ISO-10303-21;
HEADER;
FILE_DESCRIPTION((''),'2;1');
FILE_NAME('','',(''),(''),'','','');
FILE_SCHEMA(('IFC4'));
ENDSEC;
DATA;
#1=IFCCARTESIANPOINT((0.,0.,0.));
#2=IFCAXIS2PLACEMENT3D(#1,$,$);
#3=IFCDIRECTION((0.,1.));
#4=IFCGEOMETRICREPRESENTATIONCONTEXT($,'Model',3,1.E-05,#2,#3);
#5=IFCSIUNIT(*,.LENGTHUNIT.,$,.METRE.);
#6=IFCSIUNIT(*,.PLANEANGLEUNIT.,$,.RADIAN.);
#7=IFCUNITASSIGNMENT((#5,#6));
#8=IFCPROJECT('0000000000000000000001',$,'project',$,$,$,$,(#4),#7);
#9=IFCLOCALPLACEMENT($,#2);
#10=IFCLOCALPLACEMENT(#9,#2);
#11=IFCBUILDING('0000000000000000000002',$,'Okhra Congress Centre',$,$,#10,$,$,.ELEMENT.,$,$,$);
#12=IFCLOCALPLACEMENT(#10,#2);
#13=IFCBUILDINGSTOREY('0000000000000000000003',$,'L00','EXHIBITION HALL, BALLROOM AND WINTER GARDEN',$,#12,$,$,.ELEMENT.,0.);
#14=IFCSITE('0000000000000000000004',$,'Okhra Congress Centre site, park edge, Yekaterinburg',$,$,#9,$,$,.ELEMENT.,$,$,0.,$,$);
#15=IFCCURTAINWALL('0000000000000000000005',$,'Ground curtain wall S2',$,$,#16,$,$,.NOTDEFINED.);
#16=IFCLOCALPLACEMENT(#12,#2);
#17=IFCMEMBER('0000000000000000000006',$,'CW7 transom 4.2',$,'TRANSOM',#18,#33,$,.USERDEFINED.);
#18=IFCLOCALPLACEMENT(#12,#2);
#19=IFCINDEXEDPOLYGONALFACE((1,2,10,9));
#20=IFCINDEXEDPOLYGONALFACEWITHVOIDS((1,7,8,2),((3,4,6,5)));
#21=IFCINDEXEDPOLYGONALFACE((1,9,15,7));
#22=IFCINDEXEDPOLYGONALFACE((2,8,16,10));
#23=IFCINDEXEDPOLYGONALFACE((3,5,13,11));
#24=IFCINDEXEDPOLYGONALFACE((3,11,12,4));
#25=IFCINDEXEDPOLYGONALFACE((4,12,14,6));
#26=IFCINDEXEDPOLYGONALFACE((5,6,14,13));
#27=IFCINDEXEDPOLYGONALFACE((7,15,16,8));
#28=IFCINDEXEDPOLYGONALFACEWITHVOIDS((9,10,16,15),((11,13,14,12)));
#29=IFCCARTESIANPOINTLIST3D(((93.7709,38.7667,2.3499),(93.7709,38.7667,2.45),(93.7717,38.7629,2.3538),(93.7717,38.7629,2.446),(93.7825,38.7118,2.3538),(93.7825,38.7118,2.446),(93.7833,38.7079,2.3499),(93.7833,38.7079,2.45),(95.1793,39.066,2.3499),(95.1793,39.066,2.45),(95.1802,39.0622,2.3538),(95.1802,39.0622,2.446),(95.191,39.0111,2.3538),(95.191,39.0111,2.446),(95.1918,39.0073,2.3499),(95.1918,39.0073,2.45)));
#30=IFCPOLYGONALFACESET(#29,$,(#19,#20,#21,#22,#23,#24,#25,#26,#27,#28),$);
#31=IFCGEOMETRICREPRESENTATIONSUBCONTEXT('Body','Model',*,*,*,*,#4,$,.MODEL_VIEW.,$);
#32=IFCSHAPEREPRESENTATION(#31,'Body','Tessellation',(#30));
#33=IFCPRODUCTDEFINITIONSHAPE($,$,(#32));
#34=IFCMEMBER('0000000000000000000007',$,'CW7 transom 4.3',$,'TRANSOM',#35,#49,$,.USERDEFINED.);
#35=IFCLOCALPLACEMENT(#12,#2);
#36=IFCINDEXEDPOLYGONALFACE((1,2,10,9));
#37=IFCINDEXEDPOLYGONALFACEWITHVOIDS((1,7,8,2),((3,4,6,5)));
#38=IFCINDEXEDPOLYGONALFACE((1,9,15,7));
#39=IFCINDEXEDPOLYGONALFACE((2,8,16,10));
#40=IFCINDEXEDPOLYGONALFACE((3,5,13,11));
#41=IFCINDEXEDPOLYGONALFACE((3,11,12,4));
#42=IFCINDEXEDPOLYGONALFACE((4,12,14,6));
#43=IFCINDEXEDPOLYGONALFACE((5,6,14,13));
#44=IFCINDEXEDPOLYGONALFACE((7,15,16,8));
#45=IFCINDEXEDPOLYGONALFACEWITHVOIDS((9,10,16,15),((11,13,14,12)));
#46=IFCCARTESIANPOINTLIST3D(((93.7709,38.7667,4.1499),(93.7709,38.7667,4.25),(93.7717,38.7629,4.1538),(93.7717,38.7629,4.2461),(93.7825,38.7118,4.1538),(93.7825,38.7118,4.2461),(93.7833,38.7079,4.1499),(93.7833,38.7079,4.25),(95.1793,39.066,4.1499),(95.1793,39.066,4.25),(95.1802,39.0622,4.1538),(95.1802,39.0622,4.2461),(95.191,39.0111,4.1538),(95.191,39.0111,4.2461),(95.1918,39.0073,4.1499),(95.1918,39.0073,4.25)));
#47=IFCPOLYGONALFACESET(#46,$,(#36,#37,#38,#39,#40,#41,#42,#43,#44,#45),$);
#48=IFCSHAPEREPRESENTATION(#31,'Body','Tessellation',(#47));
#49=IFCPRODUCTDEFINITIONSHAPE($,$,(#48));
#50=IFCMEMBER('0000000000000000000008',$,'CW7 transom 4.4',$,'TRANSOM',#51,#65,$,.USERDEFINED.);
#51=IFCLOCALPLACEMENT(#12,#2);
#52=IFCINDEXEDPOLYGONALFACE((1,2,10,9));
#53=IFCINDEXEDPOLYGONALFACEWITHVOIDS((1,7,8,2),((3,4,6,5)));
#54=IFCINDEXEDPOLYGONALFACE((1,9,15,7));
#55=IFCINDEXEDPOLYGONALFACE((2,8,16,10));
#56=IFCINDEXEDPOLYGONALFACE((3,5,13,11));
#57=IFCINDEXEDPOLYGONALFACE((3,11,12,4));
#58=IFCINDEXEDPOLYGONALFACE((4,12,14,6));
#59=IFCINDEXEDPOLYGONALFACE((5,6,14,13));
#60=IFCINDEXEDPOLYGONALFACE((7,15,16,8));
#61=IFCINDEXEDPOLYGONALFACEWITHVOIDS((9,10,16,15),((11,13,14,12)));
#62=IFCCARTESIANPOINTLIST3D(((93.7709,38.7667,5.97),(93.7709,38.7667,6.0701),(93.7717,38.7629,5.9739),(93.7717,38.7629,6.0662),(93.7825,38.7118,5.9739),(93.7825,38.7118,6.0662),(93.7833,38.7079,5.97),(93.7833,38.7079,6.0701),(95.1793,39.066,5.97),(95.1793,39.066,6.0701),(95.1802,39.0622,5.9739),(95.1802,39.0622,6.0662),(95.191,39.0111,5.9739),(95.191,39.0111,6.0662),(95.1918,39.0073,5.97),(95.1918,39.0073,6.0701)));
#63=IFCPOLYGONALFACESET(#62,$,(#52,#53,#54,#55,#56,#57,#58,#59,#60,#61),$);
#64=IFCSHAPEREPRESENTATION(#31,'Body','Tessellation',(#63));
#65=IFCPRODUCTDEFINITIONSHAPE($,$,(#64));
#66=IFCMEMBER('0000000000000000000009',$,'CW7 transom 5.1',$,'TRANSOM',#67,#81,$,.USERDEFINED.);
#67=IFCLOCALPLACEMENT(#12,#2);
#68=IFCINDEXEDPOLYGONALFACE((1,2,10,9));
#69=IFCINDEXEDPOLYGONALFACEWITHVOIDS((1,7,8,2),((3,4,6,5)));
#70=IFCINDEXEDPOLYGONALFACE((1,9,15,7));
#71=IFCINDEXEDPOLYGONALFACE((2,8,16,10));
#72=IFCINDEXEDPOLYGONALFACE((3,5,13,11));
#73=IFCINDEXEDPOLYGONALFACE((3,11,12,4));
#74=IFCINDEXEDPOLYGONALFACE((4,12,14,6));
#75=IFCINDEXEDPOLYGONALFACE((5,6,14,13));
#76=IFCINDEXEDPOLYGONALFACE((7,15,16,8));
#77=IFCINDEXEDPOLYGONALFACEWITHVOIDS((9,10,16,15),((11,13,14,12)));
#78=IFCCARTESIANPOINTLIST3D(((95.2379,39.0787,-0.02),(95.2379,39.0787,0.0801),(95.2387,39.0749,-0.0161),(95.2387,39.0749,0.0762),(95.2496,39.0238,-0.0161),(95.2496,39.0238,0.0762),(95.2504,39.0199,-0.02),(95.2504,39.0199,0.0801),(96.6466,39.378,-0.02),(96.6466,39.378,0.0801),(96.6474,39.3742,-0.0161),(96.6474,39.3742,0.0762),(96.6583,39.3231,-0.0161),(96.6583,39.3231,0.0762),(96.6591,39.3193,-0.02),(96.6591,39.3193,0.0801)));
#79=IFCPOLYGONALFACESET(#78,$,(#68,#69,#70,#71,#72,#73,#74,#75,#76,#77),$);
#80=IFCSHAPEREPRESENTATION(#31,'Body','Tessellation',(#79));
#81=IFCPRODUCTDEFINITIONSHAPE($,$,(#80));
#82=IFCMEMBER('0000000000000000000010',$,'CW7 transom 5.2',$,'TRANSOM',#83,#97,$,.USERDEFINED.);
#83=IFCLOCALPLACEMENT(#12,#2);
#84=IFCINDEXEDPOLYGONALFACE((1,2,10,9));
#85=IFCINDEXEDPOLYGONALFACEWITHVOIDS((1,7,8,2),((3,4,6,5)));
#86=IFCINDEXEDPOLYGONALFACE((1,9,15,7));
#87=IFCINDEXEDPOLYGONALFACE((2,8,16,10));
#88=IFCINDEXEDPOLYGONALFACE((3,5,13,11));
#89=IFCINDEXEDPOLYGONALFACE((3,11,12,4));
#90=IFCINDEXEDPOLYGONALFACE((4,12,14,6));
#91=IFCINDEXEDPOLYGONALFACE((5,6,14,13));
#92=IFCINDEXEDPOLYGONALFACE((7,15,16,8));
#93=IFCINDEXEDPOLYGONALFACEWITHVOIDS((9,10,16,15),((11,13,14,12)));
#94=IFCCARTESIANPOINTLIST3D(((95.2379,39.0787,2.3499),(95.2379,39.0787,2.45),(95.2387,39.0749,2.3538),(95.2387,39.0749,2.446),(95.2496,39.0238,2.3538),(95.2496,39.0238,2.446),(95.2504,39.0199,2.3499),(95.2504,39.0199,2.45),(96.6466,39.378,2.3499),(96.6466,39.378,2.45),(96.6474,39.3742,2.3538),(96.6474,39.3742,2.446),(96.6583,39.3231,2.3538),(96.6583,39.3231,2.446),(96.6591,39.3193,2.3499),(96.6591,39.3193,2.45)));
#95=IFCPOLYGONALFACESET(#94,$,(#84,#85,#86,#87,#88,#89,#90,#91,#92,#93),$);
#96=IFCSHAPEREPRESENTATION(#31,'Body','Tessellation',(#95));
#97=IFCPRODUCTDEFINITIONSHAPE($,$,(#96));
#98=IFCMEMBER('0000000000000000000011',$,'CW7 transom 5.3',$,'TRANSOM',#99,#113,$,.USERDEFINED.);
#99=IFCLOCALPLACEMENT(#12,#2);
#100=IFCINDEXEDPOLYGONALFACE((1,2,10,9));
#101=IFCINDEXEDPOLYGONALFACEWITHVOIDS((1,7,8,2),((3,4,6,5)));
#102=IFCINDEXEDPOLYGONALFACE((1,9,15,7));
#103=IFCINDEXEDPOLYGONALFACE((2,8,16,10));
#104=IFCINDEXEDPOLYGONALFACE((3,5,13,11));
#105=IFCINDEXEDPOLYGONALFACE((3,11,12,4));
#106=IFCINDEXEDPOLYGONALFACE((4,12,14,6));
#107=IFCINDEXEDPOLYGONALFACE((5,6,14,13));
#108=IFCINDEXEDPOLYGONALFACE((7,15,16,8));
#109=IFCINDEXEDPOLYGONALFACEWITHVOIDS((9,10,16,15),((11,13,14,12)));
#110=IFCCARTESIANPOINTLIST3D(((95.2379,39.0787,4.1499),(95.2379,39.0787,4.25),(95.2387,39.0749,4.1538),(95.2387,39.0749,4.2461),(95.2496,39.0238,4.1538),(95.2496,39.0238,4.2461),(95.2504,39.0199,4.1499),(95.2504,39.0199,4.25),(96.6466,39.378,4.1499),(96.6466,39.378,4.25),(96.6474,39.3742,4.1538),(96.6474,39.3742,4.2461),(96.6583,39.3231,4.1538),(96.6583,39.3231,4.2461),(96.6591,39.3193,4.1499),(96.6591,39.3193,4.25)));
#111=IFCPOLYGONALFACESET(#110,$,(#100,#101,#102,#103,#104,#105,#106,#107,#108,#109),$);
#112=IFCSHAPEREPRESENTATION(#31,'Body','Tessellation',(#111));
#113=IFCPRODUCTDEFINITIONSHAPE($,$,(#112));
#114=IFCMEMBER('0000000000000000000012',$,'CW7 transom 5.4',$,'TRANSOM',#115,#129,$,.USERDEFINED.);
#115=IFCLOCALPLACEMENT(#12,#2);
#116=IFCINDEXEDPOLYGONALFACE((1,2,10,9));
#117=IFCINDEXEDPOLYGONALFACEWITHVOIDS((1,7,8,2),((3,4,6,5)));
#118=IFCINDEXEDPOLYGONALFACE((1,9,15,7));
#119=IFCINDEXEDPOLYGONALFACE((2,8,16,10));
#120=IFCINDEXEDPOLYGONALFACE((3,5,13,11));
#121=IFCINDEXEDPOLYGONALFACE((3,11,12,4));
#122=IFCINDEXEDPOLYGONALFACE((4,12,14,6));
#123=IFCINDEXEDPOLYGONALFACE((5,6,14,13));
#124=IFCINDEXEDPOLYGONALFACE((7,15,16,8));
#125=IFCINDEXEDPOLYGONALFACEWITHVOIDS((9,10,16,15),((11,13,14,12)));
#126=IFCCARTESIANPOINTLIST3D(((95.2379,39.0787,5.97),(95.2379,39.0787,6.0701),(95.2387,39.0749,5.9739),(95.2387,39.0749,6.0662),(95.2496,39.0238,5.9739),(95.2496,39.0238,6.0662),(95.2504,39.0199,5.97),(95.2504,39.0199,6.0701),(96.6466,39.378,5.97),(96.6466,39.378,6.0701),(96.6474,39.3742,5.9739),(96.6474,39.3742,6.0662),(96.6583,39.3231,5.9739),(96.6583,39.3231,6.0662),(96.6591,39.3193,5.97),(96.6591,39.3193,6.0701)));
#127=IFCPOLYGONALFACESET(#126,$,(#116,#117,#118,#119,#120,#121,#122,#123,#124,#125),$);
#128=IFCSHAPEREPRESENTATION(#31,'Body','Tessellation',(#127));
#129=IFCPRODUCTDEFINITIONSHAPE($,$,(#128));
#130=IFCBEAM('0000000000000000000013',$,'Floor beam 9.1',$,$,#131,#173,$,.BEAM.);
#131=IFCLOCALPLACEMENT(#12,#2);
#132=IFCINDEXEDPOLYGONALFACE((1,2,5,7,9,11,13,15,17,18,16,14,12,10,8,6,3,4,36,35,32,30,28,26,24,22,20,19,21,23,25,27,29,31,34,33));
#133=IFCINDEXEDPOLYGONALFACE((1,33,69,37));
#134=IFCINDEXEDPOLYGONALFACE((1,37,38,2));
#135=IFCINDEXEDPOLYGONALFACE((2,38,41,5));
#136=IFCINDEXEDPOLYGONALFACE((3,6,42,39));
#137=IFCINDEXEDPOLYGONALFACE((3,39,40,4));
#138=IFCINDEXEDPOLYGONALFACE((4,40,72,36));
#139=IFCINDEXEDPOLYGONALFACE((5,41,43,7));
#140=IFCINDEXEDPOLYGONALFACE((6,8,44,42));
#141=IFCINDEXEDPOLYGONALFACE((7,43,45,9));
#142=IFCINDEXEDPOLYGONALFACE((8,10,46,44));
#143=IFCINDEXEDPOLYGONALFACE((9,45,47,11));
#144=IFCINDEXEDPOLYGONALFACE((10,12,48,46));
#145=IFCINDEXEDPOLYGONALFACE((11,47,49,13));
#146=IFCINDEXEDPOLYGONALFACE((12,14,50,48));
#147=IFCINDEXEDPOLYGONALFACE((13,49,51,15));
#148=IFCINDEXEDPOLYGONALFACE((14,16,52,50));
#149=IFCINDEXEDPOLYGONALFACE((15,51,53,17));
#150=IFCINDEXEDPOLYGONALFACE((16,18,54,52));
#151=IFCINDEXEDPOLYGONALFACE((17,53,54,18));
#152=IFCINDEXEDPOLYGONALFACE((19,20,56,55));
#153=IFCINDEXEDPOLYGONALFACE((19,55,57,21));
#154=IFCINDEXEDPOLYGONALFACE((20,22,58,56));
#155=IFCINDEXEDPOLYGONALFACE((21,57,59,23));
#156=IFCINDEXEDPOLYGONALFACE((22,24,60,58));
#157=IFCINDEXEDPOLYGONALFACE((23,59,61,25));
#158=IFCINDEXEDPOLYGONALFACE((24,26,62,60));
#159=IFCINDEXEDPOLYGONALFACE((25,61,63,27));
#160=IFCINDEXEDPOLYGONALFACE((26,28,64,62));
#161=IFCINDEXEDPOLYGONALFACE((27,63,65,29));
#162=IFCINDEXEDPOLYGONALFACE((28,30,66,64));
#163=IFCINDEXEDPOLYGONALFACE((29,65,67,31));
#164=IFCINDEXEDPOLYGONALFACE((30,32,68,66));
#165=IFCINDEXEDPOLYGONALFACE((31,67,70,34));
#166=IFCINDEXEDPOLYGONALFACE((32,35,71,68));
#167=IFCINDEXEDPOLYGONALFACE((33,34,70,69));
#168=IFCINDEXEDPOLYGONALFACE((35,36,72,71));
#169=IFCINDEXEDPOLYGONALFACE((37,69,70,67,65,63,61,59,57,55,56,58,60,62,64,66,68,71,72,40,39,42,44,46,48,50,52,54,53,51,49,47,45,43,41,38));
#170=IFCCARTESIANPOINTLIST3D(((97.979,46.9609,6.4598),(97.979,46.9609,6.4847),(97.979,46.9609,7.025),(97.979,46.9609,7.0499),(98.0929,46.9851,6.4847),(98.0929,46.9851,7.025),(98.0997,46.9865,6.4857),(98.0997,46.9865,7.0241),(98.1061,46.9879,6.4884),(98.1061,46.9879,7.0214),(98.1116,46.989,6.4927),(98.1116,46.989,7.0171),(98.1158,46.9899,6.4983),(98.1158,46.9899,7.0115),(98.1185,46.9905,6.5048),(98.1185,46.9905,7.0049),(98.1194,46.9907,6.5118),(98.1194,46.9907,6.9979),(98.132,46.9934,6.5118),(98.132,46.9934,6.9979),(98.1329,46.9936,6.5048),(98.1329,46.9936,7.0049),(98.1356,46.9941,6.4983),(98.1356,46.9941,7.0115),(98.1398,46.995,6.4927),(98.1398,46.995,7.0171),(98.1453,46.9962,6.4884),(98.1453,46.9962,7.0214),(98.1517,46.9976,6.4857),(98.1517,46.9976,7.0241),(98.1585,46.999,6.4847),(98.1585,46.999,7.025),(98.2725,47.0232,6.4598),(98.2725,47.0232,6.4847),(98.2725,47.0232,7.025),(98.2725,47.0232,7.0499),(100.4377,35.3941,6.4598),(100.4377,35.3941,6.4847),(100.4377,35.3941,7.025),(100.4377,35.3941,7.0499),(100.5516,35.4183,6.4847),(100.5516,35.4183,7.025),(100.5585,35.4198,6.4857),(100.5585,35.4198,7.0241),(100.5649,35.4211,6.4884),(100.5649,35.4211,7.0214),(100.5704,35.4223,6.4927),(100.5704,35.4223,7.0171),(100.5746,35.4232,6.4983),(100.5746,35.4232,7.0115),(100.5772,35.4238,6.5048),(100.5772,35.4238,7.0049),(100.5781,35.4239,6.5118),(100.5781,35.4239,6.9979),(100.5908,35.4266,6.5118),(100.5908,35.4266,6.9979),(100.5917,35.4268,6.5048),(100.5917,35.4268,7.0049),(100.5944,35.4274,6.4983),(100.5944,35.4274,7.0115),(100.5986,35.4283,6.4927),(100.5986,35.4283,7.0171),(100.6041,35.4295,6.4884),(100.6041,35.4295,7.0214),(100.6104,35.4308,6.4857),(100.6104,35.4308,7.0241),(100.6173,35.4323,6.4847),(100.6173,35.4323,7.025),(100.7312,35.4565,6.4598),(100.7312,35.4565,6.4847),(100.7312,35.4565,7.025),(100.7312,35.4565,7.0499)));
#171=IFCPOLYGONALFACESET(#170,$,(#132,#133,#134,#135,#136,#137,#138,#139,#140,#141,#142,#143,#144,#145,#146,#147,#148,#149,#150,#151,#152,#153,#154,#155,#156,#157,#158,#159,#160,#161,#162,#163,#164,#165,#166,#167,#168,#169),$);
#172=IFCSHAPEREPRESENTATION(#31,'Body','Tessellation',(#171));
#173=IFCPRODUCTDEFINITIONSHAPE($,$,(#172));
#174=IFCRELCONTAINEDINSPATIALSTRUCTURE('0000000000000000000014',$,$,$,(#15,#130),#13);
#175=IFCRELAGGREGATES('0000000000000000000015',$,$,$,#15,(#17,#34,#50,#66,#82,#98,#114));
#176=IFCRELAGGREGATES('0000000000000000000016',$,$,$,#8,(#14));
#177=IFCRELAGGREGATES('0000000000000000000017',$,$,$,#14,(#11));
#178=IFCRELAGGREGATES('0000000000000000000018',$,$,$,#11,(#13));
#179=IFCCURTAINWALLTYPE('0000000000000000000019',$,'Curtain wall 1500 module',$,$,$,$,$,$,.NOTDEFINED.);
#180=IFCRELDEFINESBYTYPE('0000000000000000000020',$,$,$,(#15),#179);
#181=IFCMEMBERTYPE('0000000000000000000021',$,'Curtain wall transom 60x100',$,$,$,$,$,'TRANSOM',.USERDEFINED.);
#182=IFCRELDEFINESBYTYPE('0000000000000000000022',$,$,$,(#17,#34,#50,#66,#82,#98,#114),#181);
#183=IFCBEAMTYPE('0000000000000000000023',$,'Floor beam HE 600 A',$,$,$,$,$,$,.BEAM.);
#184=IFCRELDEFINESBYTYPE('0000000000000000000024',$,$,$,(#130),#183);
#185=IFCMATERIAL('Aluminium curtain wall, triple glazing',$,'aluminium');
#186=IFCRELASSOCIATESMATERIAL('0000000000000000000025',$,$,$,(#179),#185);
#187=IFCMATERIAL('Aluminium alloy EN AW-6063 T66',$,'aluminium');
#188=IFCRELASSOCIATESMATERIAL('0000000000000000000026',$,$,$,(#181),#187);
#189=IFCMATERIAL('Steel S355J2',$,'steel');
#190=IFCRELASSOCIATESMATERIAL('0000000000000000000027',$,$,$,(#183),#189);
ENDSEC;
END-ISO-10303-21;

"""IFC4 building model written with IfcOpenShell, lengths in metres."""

from ifc_helpers import new_model, si_unit, direction, frame, origin, origin_2d, place, context, subcontext, project, spatial, hollow_rectangle, i_section, extrude, material, material_profile, profile_set, type_object, element, aggregate, save


model = new_model("IFC4")

# Units and contexts
model_context = context("Model", 3, precision=1e-05, world=origin(), true_north=direction((0.0, 1.0)))
body_context = subcontext(model_context, "Body", "Model", "MODEL_VIEW")
ifc_project = project(units=[si_unit("LENGTHUNIT", "METRE"), si_unit("PLANEANGLEUNIT", "RADIAN")], contexts=[model_context])

# Site, building, storey
site_placement = place(None, origin())
site = spatial("IfcSite", under=ifc_project, at=site_placement, Name="Okhra Congress Centre site, park edge, Yekaterinburg", CompositionType="ELEMENT", RefElevation=0.0)
building_placement = place(site_placement, origin())
building = spatial("IfcBuilding", under=site, at=building_placement, Name="Okhra Congress Centre", CompositionType="ELEMENT")
storey_placement = place(building_placement, origin())
storey = spatial("IfcBuildingStorey", under=building, at=storey_placement, Name="L00", Description="EXHIBITION HALL, BALLROOM AND WINTER GARDEN", CompositionType="ELEMENT", Elevation=0.0)

# Curtain wall, members
ifc_material_1 = material(Name="Aluminium curtain wall, triple glazing", Category="aluminium")
curtain_wall_type = type_object("IfcCurtainWallType", Name="Curtain wall 1500 module", PredefinedType="NOTDEFINED", material=ifc_material_1)
curtain_wall_placement = place(storey_placement, origin())
curtain_wall = element("IfcCurtainWall", 1, at=curtain_wall_placement, inside=storey, type_object=curtain_wall_type, Name="Ground curtain wall S2", PredefinedType="NOTDEFINED")
ifc_material_2 = material(Name="Aluminium alloy EN AW-6063 T66", Category="aluminium")
ifc_material_profile_1 = material_profile(ifc_material_2, hollow_rectangle(XDim=0.0601, YDim=0.1001, WallThickness=0.0039, at=origin_2d()), Name="RHS 60x100x4")
ifc_profile_set_1 = profile_set([ifc_material_profile_1], Name="Aluminium alloy EN AW-6063 T66")
member_type_1 = type_object("IfcMemberType", Name="Curtain wall transom 60x100", ElementType="TRANSOM", PredefinedType="USERDEFINED", material=ifc_profile_set_1)
member_1_placement = place(storey_placement, frame((93.7771, 38.7373, 2.3999), z_axis=(0.978156, 0.207873, 0.0), x_axis=(-0.207873, 0.978156, 0.0)))
member_1 = element("IfcMember", 2, at=member_1_placement, type_object=member_type_1, Name="CW7 transom 4.2", ObjectType="TRANSOM", PredefinedType="USERDEFINED", context=body_context, shape_type="SweptSolid", body=[
    extrude(hollow_rectangle(XDim=0.0601, YDim=0.1001, WallThickness=0.0039, at=origin_2d()), origin(), (0.0, 0.0, 1.0), 1.4399),
])
member_2_placement = place(storey_placement, frame((93.7771, 38.7373, 4.2), z_axis=(0.978156, 0.207873, 0.0), x_axis=(-0.207873, 0.978156, 0.0)))
member_2 = element("IfcMember", 3, at=member_2_placement, type_object=member_type_1, Name="CW7 transom 4.3", ObjectType="TRANSOM", PredefinedType="USERDEFINED", context=body_context, shape_type="SweptSolid", body=[
    extrude(hollow_rectangle(XDim=0.0601, YDim=0.1001, WallThickness=0.0039, at=origin_2d()), origin(), (0.0, 0.0, 1.0), 1.4399),
])
member_3_placement = place(storey_placement, frame((93.7771, 38.7373, 6.02), z_axis=(0.978156, 0.207873, 0.0), x_axis=(-0.207873, 0.978156, 0.0)))
member_3 = element("IfcMember", 4, at=member_3_placement, type_object=member_type_1, Name="CW7 transom 4.4", ObjectType="TRANSOM", PredefinedType="USERDEFINED", context=body_context, shape_type="SweptSolid", body=[
    extrude(hollow_rectangle(XDim=0.0601, YDim=0.1001, WallThickness=0.0039, at=origin_2d()), origin(), (0.0, 0.0, 1.0), 1.4399),
])
member_4_placement = place(storey_placement, frame((95.2441, 39.0493, 0.03), z_axis=(0.978163, 0.207838, 0.0), x_axis=(-0.207838, 0.978163, 0.0)))
member_4 = element("IfcMember", 5, at=member_4_placement, type_object=member_type_1, Name="CW7 transom 5.1", ObjectType="TRANSOM", PredefinedType="USERDEFINED", context=body_context, shape_type="SweptSolid", body=[
    extrude(hollow_rectangle(XDim=0.0601, YDim=0.1001, WallThickness=0.0039, at=origin_2d()), origin(), (0.0, 0.0, 1.0), 1.4402),
])
member_5_placement = place(storey_placement, frame((95.2441, 39.0493, 2.3999), z_axis=(0.978163, 0.207838, 0.0), x_axis=(-0.207838, 0.978163, 0.0)))
member_5 = element("IfcMember", 6, at=member_5_placement, type_object=member_type_1, Name="CW7 transom 5.2", ObjectType="TRANSOM", PredefinedType="USERDEFINED", context=body_context, shape_type="SweptSolid", body=[
    extrude(hollow_rectangle(XDim=0.0601, YDim=0.1001, WallThickness=0.0039, at=origin_2d()), origin(), (0.0, 0.0, 1.0), 1.4402),
])
member_6_placement = place(storey_placement, frame((95.2441, 39.0493, 4.2), z_axis=(0.978163, 0.207838, 0.0), x_axis=(-0.207838, 0.978163, 0.0)))
member_6 = element("IfcMember", 7, at=member_6_placement, type_object=member_type_1, Name="CW7 transom 5.3", ObjectType="TRANSOM", PredefinedType="USERDEFINED", context=body_context, shape_type="SweptSolid", body=[
    extrude(hollow_rectangle(XDim=0.0601, YDim=0.1001, WallThickness=0.0039, at=origin_2d()), origin(), (0.0, 0.0, 1.0), 1.4402),
])
member_7_placement = place(storey_placement, frame((95.2441, 39.0493, 6.02), z_axis=(0.978163, 0.207838, 0.0), x_axis=(-0.207838, 0.978163, 0.0)))
member_7 = element("IfcMember", 8, at=member_7_placement, type_object=member_type_1, Name="CW7 transom 5.4", ObjectType="TRANSOM", PredefinedType="USERDEFINED", context=body_context, shape_type="SweptSolid", body=[
    extrude(hollow_rectangle(XDim=0.0601, YDim=0.1001, WallThickness=0.0039, at=origin_2d()), origin(), (0.0, 0.0, 1.0), 1.4402),
])

# Beam
ifc_material_3 = material(Name="Steel S355J2", Category="steel")
ifc_material_profile_2 = material_profile(ifc_material_3, i_section(OverallWidth=0.3, OverallDepth=0.5901, WebThickness=0.0129, FlangeThickness=0.0249, FilletRadius=0.0271, at=origin_2d()), Name="HE 600 A")
ifc_profile_set_2 = profile_set([ifc_material_profile_2], Name="Steel S355J2")
beam_type_1 = type_object("IfcBeamType", Name="Floor beam HE 600 A", PredefinedType="BEAM", material=ifc_profile_set_2)
beam_1_placement = place(storey_placement, frame((100.5845, 35.4253, 6.7549), z_axis=(-0.207926, 0.978145, 0.0), x_axis=(-0.978145, -0.207926, 0.0)))
element("IfcBeam", 9, at=beam_1_placement, inside=storey, type_object=beam_type_1, Name="Floor beam 9.1", PredefinedType="BEAM", context=body_context, shape_type="SweptSolid", body=[
    extrude(i_section(OverallWidth=0.3, OverallDepth=0.5901, WebThickness=0.0129, FlangeThickness=0.0249, FilletRadius=0.0271, at=origin_2d()), origin(), (0.0, 0.0, 1.0), 11.8252),
])

aggregate(curtain_wall, [member_1, member_2, member_3, member_4, member_5, member_6, member_7])

save(model, "model.ifc")
